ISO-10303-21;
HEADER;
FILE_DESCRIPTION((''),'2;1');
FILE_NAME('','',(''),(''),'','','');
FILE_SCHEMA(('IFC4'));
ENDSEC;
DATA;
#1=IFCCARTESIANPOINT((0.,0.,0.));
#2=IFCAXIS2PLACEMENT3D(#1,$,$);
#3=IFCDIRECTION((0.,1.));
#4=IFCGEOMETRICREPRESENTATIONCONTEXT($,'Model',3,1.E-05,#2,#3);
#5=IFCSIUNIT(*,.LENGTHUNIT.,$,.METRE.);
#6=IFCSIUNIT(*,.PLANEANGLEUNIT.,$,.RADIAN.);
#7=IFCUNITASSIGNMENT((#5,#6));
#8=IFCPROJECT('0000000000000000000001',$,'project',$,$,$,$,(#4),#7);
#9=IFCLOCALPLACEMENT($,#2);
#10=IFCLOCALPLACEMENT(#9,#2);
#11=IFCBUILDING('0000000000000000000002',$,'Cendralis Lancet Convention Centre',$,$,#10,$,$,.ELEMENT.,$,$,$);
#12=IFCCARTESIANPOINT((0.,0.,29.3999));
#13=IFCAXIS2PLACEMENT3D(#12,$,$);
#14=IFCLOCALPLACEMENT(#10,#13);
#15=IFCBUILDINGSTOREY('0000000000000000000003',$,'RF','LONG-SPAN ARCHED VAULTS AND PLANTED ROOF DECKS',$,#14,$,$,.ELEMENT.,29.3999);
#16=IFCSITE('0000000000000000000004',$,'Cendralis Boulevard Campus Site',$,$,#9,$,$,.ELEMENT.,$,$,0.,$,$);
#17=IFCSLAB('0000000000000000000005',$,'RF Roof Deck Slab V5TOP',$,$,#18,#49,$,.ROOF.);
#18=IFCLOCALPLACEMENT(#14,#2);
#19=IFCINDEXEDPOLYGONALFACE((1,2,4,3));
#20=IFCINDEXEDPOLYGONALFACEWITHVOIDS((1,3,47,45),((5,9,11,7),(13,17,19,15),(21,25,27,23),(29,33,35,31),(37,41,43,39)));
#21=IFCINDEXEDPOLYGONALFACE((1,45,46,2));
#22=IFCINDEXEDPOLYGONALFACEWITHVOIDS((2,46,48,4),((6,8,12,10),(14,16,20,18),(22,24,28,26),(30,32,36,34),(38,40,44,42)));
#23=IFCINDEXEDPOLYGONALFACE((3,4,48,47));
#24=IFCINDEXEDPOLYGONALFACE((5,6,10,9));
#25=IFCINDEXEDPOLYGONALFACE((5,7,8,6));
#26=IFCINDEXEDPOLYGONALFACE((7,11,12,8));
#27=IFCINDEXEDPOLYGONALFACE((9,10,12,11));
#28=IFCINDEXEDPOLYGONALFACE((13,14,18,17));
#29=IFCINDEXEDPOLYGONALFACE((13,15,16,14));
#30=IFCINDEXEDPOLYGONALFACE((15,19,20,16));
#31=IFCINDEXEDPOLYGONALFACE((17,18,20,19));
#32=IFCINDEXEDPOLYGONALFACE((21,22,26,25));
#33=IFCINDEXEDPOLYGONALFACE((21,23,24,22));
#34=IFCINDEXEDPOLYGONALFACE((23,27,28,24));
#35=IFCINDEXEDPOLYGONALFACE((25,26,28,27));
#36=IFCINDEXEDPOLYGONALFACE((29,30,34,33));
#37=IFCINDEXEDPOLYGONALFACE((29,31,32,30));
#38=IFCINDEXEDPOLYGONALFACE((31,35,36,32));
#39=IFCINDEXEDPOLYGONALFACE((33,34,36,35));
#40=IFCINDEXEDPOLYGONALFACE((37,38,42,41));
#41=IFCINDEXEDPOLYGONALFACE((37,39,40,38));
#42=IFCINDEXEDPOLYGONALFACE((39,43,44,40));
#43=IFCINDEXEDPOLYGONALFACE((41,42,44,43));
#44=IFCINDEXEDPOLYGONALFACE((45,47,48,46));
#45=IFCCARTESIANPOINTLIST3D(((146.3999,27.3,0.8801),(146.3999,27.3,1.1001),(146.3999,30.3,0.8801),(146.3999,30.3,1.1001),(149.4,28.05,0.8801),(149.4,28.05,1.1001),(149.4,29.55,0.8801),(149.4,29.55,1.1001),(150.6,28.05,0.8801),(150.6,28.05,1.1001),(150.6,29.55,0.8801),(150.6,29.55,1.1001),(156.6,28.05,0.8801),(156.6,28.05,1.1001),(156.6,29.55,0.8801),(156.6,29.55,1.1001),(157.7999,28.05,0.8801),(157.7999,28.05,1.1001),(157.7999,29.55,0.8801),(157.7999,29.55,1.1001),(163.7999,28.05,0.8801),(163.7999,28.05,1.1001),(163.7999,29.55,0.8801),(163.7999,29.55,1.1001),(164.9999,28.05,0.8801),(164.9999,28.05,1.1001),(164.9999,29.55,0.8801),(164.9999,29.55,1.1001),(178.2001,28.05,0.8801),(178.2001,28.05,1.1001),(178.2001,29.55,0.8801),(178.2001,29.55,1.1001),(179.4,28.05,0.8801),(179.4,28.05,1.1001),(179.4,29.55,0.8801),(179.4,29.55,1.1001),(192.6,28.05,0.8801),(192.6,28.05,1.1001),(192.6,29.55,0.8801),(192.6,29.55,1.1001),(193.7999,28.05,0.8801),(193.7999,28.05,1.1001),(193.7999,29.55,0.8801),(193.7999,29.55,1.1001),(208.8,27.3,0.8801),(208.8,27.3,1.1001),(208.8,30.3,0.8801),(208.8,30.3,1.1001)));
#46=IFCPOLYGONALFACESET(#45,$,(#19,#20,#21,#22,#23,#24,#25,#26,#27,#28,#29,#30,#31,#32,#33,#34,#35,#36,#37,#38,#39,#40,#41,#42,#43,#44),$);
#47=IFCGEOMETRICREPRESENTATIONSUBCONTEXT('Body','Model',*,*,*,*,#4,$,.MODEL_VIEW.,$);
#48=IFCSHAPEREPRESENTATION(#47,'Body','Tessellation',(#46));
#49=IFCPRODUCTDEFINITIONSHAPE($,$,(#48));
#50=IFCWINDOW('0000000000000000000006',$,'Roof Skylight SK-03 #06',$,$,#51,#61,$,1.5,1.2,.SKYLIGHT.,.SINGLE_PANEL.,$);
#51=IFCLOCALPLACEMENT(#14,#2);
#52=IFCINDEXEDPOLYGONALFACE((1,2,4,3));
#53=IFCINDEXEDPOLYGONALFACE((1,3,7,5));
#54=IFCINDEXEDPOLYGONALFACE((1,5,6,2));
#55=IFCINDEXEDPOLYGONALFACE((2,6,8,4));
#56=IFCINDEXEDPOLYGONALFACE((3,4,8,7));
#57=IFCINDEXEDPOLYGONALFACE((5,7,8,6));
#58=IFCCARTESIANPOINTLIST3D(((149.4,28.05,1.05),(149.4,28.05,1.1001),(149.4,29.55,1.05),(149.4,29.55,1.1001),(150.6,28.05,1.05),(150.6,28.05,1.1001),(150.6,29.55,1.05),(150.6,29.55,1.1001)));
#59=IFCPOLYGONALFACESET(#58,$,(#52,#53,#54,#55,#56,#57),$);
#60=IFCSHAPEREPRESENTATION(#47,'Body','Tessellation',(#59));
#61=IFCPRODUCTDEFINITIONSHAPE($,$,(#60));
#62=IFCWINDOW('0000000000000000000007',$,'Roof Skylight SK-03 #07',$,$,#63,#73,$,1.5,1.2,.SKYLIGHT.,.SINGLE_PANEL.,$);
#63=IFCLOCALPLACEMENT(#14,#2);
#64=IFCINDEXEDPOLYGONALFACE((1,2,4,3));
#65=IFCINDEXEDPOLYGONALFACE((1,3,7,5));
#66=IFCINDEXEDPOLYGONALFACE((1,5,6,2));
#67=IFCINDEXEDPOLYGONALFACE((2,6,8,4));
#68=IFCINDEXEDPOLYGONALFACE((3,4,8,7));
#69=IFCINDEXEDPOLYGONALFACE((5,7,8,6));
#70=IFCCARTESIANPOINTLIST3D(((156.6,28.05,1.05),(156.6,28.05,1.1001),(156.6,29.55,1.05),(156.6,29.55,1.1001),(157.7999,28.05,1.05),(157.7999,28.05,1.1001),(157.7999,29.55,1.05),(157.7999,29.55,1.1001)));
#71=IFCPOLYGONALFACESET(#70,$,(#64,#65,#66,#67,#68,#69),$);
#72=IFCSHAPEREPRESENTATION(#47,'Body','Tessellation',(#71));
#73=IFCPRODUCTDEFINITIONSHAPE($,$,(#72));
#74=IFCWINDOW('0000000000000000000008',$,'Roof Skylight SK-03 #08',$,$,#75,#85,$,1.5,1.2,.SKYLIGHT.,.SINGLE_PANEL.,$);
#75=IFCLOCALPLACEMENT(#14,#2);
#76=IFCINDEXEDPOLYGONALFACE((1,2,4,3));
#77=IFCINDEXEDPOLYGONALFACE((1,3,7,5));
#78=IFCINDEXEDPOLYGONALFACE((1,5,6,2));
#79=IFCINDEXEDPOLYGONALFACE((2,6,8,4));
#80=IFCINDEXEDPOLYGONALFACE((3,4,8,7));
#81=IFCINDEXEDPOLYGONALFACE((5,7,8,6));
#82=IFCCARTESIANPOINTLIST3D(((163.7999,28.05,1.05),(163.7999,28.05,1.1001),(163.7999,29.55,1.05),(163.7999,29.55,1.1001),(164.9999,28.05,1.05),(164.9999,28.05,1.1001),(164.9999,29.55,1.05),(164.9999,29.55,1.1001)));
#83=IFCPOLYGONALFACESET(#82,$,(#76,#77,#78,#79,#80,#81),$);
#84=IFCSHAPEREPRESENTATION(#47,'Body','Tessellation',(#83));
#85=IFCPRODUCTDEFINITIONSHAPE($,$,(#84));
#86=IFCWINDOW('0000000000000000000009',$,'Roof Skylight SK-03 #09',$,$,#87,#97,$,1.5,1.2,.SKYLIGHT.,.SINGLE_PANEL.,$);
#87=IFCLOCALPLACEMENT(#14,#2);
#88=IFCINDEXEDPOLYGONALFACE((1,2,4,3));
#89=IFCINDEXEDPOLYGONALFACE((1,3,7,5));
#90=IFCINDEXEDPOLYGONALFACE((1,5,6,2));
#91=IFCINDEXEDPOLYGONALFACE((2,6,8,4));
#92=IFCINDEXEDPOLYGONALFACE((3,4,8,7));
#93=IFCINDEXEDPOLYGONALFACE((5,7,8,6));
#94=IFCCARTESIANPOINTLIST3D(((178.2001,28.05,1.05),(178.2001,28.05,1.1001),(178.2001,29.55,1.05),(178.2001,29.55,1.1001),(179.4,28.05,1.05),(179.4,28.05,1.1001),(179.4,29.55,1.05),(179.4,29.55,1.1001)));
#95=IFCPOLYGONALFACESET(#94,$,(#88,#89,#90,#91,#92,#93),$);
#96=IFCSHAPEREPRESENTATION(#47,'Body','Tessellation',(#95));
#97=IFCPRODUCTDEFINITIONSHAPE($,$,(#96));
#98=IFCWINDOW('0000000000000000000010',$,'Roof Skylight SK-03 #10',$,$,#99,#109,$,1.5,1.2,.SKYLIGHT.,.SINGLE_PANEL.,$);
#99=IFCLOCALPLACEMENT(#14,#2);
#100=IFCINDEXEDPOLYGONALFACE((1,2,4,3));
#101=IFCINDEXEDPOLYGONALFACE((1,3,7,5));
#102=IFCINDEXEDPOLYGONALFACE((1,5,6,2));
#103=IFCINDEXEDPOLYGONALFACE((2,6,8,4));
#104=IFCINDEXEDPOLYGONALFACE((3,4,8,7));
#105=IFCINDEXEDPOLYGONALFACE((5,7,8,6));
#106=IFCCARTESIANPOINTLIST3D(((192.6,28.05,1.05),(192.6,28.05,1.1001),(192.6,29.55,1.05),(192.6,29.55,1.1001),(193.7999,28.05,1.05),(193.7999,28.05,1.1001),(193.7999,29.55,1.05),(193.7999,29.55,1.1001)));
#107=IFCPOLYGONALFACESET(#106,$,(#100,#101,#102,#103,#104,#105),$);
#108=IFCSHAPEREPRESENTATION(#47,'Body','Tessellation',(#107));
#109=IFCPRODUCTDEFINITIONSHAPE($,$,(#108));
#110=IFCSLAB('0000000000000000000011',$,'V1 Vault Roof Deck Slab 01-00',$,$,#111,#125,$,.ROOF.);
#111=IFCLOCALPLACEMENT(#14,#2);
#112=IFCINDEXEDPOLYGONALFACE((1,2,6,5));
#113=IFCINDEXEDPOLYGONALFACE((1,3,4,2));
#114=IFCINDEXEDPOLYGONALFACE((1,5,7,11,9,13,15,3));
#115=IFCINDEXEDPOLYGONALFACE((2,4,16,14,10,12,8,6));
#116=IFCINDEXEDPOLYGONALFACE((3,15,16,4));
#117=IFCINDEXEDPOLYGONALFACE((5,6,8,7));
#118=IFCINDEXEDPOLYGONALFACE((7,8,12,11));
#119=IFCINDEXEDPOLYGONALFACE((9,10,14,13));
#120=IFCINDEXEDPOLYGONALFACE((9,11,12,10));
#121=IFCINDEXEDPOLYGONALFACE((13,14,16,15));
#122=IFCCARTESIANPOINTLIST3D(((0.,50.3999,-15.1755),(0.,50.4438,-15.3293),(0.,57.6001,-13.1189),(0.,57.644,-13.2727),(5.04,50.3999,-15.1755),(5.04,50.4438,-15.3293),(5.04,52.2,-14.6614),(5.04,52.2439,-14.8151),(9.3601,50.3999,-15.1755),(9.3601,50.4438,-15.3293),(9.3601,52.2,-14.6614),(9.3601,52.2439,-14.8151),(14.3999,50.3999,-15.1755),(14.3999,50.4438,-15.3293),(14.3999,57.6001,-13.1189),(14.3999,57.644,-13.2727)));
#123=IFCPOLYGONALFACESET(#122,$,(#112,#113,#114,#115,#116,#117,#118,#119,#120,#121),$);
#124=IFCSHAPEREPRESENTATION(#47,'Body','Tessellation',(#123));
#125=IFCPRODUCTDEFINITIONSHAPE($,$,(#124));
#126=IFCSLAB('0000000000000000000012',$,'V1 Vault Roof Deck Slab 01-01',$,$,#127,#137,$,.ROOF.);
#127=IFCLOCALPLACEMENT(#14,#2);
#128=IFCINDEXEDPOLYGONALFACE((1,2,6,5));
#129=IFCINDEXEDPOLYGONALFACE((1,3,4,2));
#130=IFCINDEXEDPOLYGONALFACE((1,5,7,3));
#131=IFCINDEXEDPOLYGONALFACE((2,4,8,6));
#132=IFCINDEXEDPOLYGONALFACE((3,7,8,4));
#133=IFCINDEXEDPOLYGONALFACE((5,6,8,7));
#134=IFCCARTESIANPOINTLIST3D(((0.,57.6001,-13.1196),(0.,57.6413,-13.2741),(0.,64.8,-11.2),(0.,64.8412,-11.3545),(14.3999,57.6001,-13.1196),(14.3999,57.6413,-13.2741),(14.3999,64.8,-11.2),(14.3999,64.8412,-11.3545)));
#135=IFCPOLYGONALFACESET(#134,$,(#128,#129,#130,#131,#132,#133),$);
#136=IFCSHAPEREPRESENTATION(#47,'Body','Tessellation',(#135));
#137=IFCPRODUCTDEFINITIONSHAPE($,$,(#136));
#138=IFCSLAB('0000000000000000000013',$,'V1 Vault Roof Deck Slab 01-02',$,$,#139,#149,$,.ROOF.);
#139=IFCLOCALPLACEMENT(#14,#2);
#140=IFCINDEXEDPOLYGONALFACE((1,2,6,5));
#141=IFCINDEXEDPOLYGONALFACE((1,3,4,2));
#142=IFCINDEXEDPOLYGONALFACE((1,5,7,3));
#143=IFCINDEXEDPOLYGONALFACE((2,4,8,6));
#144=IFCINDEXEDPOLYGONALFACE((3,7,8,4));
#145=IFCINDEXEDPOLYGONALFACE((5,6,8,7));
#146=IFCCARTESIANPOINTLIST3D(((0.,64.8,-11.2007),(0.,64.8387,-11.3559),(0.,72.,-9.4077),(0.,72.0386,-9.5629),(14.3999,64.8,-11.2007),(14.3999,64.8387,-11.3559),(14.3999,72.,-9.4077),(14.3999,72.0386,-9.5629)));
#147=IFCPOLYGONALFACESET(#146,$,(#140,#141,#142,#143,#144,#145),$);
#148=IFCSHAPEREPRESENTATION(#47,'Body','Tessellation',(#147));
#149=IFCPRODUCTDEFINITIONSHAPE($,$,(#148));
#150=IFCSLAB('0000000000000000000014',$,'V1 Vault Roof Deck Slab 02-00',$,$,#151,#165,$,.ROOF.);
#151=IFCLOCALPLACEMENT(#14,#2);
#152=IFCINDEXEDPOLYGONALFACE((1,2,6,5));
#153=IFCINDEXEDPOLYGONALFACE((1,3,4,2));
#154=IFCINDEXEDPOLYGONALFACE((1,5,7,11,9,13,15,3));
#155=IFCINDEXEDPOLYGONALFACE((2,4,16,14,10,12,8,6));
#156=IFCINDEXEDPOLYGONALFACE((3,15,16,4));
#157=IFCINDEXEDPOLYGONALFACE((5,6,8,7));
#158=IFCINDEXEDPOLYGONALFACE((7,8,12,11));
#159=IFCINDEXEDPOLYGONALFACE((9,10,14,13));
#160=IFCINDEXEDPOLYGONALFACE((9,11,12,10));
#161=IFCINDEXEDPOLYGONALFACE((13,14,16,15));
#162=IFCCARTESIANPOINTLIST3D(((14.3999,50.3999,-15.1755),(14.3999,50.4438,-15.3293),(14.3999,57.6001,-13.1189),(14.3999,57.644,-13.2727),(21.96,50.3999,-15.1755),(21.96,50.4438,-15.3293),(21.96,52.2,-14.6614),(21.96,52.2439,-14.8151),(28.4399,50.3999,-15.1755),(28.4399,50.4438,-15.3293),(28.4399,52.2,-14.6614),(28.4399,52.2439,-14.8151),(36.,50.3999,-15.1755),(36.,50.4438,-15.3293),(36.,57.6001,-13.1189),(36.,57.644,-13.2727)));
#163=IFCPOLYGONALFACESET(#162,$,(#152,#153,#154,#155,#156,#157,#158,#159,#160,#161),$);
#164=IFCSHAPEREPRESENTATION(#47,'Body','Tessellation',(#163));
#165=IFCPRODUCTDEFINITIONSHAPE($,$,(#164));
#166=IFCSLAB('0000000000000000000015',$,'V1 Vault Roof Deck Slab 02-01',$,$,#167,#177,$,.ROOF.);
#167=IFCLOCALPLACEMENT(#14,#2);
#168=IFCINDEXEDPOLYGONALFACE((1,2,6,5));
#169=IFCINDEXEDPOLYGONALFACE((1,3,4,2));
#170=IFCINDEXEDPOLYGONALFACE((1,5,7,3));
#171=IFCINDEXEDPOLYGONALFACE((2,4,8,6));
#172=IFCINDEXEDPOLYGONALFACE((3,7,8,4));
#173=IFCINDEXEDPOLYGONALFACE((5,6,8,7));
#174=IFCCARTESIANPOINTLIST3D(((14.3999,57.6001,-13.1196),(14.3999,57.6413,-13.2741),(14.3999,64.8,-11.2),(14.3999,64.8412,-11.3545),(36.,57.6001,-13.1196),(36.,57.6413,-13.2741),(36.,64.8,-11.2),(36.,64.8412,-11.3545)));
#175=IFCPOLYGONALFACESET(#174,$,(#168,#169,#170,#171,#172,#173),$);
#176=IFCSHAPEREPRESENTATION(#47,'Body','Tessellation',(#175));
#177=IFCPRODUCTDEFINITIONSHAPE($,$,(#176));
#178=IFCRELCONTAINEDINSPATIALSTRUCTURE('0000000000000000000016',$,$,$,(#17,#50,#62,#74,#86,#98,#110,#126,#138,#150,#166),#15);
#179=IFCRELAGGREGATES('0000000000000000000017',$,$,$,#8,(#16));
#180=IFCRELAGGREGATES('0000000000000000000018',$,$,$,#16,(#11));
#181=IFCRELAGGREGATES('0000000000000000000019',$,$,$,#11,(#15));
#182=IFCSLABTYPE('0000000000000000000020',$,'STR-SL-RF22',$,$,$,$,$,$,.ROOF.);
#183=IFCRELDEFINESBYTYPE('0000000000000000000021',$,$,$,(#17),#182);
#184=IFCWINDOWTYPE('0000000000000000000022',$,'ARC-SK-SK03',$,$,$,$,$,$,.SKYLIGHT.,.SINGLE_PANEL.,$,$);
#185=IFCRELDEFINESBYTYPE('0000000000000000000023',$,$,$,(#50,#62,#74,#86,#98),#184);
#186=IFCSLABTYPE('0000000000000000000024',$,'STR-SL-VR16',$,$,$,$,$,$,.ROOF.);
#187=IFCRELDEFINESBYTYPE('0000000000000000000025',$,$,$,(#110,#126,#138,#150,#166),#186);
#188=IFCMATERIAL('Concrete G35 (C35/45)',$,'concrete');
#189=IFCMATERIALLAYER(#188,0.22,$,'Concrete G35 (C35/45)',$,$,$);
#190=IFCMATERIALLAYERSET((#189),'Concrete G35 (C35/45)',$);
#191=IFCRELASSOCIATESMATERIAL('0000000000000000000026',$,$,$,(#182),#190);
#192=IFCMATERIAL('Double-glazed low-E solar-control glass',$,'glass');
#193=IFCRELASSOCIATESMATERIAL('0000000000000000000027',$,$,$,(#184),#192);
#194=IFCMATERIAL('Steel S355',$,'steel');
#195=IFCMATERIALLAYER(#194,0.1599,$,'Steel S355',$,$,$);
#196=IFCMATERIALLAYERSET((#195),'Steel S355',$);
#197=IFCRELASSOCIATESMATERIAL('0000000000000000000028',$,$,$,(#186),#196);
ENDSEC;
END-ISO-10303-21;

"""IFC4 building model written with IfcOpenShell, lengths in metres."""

from ifc_helpers import new_model, si_unit, direction, frame, origin, origin_2d, place, context, subcontext, project, spatial, polyline, rectangle, outline, extrude, material, layer, layer_set, type_object, element, fill, save


model = new_model("IFC4")

# Units and contexts
model_context = context("Model", 3, precision=1e-05, world=origin(), true_north=direction((0.0, 1.0)))
body_context = subcontext(model_context, "Body", "Model", "MODEL_VIEW")
ifc_project = project(units=[si_unit("LENGTHUNIT", "METRE"), si_unit("PLANEANGLEUNIT", "RADIAN")], contexts=[model_context])

# Site, building, storey
site_placement = place(None, origin())
site = spatial("IfcSite", under=ifc_project, at=site_placement, Name="Cendralis Boulevard Campus Site", CompositionType="ELEMENT", RefElevation=0.0)
building_placement = place(site_placement, origin())
building = spatial("IfcBuilding", under=site, at=building_placement, Name="Cendralis Lancet Convention Centre", CompositionType="ELEMENT")
storey_placement = place(building_placement, frame((0.0, 0.0, 29.3999)))
storey = spatial("IfcBuildingStorey", under=building, at=storey_placement, Name="RF", Description="LONG-SPAN ARCHED VAULTS AND PLANTED ROOF DECKS", CompositionType="ELEMENT", Elevation=29.3999)

# Slab, openings, windows
ifc_material_1 = material(Name="Concrete G35 (C35/45)", Category="concrete")
ifc_layer_1 = layer(ifc_material_1, 0.22, Name="Concrete G35 (C35/45)")
ifc_layer_set_1 = layer_set([ifc_layer_1], Name="Concrete G35 (C35/45)")
slab_type_1 = type_object("IfcSlabType", Name="STR-SL-RF22", PredefinedType="ROOF", material=ifc_layer_set_1)
slab_1_placement = place(storey_placement, frame((0.0, 0.0, 0.8801)))
slab_1 = element("IfcSlab", 1, at=slab_1_placement, inside=storey, type_object=slab_type_1, Name="RF Roof Deck Slab V5TOP", PredefinedType="ROOF", context=body_context, shape_type="SweptSolid", body=[
    extrude(outline(polyline([(146.3999, 27.3), (208.8, 27.3), (208.8, 30.3), (146.3999, 30.3), (146.3999, 27.3)])), origin(), (0.0, 0.0, 1.0), 0.22),
])
opening_1_placement = place(slab_1_placement, frame((150.0, 28.8, -0.01)))
opening_1 = element("IfcOpeningElement", 2, at=opening_1_placement, cuts=slab_1, PredefinedType="OPENING", context=body_context, shape_type="SweptSolid", body=[
    extrude(rectangle(XDim=1.2, YDim=1.5, at=origin_2d()), origin(), (0.0, 0.0, 1.0), 0.24),
])
opening_2_placement = place(slab_1_placement, frame((157.2, 28.8, -0.01)))
opening_2 = element("IfcOpeningElement", 3, at=opening_2_placement, cuts=slab_1, PredefinedType="OPENING", context=body_context, shape_type="SweptSolid", body=[
    extrude(rectangle(XDim=1.2, YDim=1.5, at=origin_2d()), origin(), (0.0, 0.0, 1.0), 0.24),
])
opening_3_placement = place(slab_1_placement, frame((164.3999, 28.8, -0.01)))
opening_3 = element("IfcOpeningElement", 4, at=opening_3_placement, cuts=slab_1, PredefinedType="OPENING", context=body_context, shape_type="SweptSolid", body=[
    extrude(rectangle(XDim=1.2, YDim=1.5, at=origin_2d()), origin(), (0.0, 0.0, 1.0), 0.24),
])
opening_4_placement = place(slab_1_placement, frame((178.8, 28.8, -0.01)))
opening_4 = element("IfcOpeningElement", 5, at=opening_4_placement, cuts=slab_1, PredefinedType="OPENING", context=body_context, shape_type="SweptSolid", body=[
    extrude(rectangle(XDim=1.2, YDim=1.5, at=origin_2d()), origin(), (0.0, 0.0, 1.0), 0.24),
])
opening_5_placement = place(slab_1_placement, frame((193.2, 28.8, -0.01)))
opening_5 = element("IfcOpeningElement", 6, at=opening_5_placement, cuts=slab_1, PredefinedType="OPENING", context=body_context, shape_type="SweptSolid", body=[
    extrude(rectangle(XDim=1.2, YDim=1.5, at=origin_2d()), origin(), (0.0, 0.0, 1.0), 0.24),
])
ifc_material_2 = material(Name="Double-glazed low-E solar-control glass", Category="glass")
window_type = type_object("IfcWindowType", Name="ARC-SK-SK03", PartitioningType="SINGLE_PANEL", PredefinedType="SKYLIGHT", material=ifc_material_2)
window_1_placement = place(slab_1_placement, frame((150.0, 28.8, 0.1699)))
window_1 = element("IfcWindow", 7, at=window_1_placement, inside=storey, type_object=window_type, Name="Roof Skylight SK-03 #06", OverallHeight=1.5, OverallWidth=1.2, PartitioningType="SINGLE_PANEL", PredefinedType="SKYLIGHT", context=body_context, shape_type="SweptSolid", body=[
    extrude(rectangle(XDim=1.2, YDim=1.5, at=origin_2d()), origin(), (0.0, 0.0, 1.0), 0.05),
])
fill(opening_1, window_1)
window_2_placement = place(slab_1_placement, frame((157.2, 28.8, 0.1699)))
window_2 = element("IfcWindow", 8, at=window_2_placement, inside=storey, type_object=window_type, Name="Roof Skylight SK-03 #07", OverallHeight=1.5, OverallWidth=1.2, PartitioningType="SINGLE_PANEL", PredefinedType="SKYLIGHT", context=body_context, shape_type="SweptSolid", body=[
    extrude(rectangle(XDim=1.2, YDim=1.5, at=origin_2d()), origin(), (0.0, 0.0, 1.0), 0.05),
])
fill(opening_2, window_2)
window_3_placement = place(slab_1_placement, frame((164.3999, 28.8, 0.1699)))
window_3 = element("IfcWindow", 9, at=window_3_placement, inside=storey, type_object=window_type, Name="Roof Skylight SK-03 #08", OverallHeight=1.5, OverallWidth=1.2, PartitioningType="SINGLE_PANEL", PredefinedType="SKYLIGHT", context=body_context, shape_type="SweptSolid", body=[
    extrude(rectangle(XDim=1.2, YDim=1.5, at=origin_2d()), origin(), (0.0, 0.0, 1.0), 0.05),
])
fill(opening_3, window_3)
window_4_placement = place(slab_1_placement, frame((178.8, 28.8, 0.1699)))
window_4 = element("IfcWindow", 10, at=window_4_placement, inside=storey, type_object=window_type, Name="Roof Skylight SK-03 #09", OverallHeight=1.5, OverallWidth=1.2, PartitioningType="SINGLE_PANEL", PredefinedType="SKYLIGHT", context=body_context, shape_type="SweptSolid", body=[
    extrude(rectangle(XDim=1.2, YDim=1.5, at=origin_2d()), origin(), (0.0, 0.0, 1.0), 0.05),
])
fill(opening_4, window_4)
window_5_placement = place(slab_1_placement, frame((193.2, 28.8, 0.1699)))
window_5 = element("IfcWindow", 11, at=window_5_placement, inside=storey, type_object=window_type, Name="Roof Skylight SK-03 #10", OverallHeight=1.5, OverallWidth=1.2, PartitioningType="SINGLE_PANEL", PredefinedType="SKYLIGHT", context=body_context, shape_type="SweptSolid", body=[
    extrude(rectangle(XDim=1.2, YDim=1.5, at=origin_2d()), origin(), (0.0, 0.0, 1.0), 0.05),
])
fill(opening_5, window_5)

# Slabs
ifc_material_3 = material(Name="Steel S355", Category="steel")
ifc_layer_2 = layer(ifc_material_3, 0.1599, Name="Steel S355")
ifc_layer_set_2 = layer_set([ifc_layer_2], Name="Steel S355")
slab_type_2 = type_object("IfcSlabType", Name="STR-SL-VR16", PredefinedType="ROOF", material=ifc_layer_set_2)
slab_2_placement = place(storey_placement, frame((0.0, 50.3999, -15.1755), z_axis=(0.0, -0.274652, 0.961544), x_axis=(1.0, 0.0, 0.0)))
element("IfcSlab", 12, at=slab_2_placement, inside=storey, type_object=slab_type_2, Name="V1 Vault Roof Deck Slab 01-00", PredefinedType="ROOF", context=body_context, shape_type="SweptSolid", body=[
    extrude(outline(polyline([(0.0, 0.0), (5.04, 0.0), (5.04, 1.872), (9.3601, 1.872), (9.3601, 0.0), (14.3999, 0.0), (14.3999, 7.4882), (0.0, 7.4882), (0.0, 0.0)])), origin(), (0.0, 0.0, -1.0), 0.1599),
])
slab_3_placement = place(storey_placement, frame((0.0, 57.6001, -13.1196), z_axis=(0.0, -0.257624, 0.966245), x_axis=(1.0, 0.0, 0.0)))
element("IfcSlab", 13, at=slab_3_placement, inside=storey, type_object=slab_type_2, Name="V1 Vault Roof Deck Slab 01-01", PredefinedType="ROOF", context=body_context, shape_type="SweptSolid", body=[
    extrude(outline(polyline([(0.0, 0.0), (14.3999, 0.0), (14.3999, 7.4515), (0.0, 7.4515), (0.0, 0.0)])), origin(), (0.0, 0.0, -1.0), 0.1599),
])
slab_4_placement = place(storey_placement, frame((0.0, 64.8, -11.2007), z_axis=(0.0, -0.241645, 0.970365), x_axis=(1.0, 0.0, 0.0)))
element("IfcSlab", 14, at=slab_4_placement, inside=storey, type_object=slab_type_2, Name="V1 Vault Roof Deck Slab 01-02", PredefinedType="ROOF", context=body_context, shape_type="SweptSolid", body=[
    extrude(outline(polyline([(0.0, 0.0), (14.3999, 0.0), (14.3999, 7.4198), (0.0, 7.4198), (0.0, 0.0)])), origin(), (0.0, 0.0, -1.0), 0.1599),
])
slab_5_placement = place(storey_placement, frame((14.3999, 50.3999, -15.1755), z_axis=(0.0, -0.274652, 0.961544), x_axis=(1.0, 0.0, 0.0)))
element("IfcSlab", 15, at=slab_5_placement, inside=storey, type_object=slab_type_2, Name="V1 Vault Roof Deck Slab 02-00", PredefinedType="ROOF", context=body_context, shape_type="SweptSolid", body=[
    extrude(outline(polyline([(0.0, 0.0), (7.5601, 0.0), (7.5601, 1.872), (14.04, 1.872), (14.04, 0.0), (21.6001, 0.0), (21.6001, 7.4882), (0.0, 7.4882), (0.0, 0.0)])), origin(), (0.0, 0.0, -1.0), 0.1599),
])
slab_6_placement = place(storey_placement, frame((14.3999, 57.6001, -13.1196), z_axis=(0.0, -0.257624, 0.966245), x_axis=(1.0, 0.0, 0.0)))
element("IfcSlab", 16, at=slab_6_placement, inside=storey, type_object=slab_type_2, Name="V1 Vault Roof Deck Slab 02-01", PredefinedType="ROOF", context=body_context, shape_type="SweptSolid", body=[
    extrude(outline(polyline([(0.0, 0.0), (21.6001, 0.0), (21.6001, 7.4515), (0.0, 7.4515), (0.0, 0.0)])), origin(), (0.0, 0.0, -1.0), 0.1599),
])

save(model, "model.ifc")
